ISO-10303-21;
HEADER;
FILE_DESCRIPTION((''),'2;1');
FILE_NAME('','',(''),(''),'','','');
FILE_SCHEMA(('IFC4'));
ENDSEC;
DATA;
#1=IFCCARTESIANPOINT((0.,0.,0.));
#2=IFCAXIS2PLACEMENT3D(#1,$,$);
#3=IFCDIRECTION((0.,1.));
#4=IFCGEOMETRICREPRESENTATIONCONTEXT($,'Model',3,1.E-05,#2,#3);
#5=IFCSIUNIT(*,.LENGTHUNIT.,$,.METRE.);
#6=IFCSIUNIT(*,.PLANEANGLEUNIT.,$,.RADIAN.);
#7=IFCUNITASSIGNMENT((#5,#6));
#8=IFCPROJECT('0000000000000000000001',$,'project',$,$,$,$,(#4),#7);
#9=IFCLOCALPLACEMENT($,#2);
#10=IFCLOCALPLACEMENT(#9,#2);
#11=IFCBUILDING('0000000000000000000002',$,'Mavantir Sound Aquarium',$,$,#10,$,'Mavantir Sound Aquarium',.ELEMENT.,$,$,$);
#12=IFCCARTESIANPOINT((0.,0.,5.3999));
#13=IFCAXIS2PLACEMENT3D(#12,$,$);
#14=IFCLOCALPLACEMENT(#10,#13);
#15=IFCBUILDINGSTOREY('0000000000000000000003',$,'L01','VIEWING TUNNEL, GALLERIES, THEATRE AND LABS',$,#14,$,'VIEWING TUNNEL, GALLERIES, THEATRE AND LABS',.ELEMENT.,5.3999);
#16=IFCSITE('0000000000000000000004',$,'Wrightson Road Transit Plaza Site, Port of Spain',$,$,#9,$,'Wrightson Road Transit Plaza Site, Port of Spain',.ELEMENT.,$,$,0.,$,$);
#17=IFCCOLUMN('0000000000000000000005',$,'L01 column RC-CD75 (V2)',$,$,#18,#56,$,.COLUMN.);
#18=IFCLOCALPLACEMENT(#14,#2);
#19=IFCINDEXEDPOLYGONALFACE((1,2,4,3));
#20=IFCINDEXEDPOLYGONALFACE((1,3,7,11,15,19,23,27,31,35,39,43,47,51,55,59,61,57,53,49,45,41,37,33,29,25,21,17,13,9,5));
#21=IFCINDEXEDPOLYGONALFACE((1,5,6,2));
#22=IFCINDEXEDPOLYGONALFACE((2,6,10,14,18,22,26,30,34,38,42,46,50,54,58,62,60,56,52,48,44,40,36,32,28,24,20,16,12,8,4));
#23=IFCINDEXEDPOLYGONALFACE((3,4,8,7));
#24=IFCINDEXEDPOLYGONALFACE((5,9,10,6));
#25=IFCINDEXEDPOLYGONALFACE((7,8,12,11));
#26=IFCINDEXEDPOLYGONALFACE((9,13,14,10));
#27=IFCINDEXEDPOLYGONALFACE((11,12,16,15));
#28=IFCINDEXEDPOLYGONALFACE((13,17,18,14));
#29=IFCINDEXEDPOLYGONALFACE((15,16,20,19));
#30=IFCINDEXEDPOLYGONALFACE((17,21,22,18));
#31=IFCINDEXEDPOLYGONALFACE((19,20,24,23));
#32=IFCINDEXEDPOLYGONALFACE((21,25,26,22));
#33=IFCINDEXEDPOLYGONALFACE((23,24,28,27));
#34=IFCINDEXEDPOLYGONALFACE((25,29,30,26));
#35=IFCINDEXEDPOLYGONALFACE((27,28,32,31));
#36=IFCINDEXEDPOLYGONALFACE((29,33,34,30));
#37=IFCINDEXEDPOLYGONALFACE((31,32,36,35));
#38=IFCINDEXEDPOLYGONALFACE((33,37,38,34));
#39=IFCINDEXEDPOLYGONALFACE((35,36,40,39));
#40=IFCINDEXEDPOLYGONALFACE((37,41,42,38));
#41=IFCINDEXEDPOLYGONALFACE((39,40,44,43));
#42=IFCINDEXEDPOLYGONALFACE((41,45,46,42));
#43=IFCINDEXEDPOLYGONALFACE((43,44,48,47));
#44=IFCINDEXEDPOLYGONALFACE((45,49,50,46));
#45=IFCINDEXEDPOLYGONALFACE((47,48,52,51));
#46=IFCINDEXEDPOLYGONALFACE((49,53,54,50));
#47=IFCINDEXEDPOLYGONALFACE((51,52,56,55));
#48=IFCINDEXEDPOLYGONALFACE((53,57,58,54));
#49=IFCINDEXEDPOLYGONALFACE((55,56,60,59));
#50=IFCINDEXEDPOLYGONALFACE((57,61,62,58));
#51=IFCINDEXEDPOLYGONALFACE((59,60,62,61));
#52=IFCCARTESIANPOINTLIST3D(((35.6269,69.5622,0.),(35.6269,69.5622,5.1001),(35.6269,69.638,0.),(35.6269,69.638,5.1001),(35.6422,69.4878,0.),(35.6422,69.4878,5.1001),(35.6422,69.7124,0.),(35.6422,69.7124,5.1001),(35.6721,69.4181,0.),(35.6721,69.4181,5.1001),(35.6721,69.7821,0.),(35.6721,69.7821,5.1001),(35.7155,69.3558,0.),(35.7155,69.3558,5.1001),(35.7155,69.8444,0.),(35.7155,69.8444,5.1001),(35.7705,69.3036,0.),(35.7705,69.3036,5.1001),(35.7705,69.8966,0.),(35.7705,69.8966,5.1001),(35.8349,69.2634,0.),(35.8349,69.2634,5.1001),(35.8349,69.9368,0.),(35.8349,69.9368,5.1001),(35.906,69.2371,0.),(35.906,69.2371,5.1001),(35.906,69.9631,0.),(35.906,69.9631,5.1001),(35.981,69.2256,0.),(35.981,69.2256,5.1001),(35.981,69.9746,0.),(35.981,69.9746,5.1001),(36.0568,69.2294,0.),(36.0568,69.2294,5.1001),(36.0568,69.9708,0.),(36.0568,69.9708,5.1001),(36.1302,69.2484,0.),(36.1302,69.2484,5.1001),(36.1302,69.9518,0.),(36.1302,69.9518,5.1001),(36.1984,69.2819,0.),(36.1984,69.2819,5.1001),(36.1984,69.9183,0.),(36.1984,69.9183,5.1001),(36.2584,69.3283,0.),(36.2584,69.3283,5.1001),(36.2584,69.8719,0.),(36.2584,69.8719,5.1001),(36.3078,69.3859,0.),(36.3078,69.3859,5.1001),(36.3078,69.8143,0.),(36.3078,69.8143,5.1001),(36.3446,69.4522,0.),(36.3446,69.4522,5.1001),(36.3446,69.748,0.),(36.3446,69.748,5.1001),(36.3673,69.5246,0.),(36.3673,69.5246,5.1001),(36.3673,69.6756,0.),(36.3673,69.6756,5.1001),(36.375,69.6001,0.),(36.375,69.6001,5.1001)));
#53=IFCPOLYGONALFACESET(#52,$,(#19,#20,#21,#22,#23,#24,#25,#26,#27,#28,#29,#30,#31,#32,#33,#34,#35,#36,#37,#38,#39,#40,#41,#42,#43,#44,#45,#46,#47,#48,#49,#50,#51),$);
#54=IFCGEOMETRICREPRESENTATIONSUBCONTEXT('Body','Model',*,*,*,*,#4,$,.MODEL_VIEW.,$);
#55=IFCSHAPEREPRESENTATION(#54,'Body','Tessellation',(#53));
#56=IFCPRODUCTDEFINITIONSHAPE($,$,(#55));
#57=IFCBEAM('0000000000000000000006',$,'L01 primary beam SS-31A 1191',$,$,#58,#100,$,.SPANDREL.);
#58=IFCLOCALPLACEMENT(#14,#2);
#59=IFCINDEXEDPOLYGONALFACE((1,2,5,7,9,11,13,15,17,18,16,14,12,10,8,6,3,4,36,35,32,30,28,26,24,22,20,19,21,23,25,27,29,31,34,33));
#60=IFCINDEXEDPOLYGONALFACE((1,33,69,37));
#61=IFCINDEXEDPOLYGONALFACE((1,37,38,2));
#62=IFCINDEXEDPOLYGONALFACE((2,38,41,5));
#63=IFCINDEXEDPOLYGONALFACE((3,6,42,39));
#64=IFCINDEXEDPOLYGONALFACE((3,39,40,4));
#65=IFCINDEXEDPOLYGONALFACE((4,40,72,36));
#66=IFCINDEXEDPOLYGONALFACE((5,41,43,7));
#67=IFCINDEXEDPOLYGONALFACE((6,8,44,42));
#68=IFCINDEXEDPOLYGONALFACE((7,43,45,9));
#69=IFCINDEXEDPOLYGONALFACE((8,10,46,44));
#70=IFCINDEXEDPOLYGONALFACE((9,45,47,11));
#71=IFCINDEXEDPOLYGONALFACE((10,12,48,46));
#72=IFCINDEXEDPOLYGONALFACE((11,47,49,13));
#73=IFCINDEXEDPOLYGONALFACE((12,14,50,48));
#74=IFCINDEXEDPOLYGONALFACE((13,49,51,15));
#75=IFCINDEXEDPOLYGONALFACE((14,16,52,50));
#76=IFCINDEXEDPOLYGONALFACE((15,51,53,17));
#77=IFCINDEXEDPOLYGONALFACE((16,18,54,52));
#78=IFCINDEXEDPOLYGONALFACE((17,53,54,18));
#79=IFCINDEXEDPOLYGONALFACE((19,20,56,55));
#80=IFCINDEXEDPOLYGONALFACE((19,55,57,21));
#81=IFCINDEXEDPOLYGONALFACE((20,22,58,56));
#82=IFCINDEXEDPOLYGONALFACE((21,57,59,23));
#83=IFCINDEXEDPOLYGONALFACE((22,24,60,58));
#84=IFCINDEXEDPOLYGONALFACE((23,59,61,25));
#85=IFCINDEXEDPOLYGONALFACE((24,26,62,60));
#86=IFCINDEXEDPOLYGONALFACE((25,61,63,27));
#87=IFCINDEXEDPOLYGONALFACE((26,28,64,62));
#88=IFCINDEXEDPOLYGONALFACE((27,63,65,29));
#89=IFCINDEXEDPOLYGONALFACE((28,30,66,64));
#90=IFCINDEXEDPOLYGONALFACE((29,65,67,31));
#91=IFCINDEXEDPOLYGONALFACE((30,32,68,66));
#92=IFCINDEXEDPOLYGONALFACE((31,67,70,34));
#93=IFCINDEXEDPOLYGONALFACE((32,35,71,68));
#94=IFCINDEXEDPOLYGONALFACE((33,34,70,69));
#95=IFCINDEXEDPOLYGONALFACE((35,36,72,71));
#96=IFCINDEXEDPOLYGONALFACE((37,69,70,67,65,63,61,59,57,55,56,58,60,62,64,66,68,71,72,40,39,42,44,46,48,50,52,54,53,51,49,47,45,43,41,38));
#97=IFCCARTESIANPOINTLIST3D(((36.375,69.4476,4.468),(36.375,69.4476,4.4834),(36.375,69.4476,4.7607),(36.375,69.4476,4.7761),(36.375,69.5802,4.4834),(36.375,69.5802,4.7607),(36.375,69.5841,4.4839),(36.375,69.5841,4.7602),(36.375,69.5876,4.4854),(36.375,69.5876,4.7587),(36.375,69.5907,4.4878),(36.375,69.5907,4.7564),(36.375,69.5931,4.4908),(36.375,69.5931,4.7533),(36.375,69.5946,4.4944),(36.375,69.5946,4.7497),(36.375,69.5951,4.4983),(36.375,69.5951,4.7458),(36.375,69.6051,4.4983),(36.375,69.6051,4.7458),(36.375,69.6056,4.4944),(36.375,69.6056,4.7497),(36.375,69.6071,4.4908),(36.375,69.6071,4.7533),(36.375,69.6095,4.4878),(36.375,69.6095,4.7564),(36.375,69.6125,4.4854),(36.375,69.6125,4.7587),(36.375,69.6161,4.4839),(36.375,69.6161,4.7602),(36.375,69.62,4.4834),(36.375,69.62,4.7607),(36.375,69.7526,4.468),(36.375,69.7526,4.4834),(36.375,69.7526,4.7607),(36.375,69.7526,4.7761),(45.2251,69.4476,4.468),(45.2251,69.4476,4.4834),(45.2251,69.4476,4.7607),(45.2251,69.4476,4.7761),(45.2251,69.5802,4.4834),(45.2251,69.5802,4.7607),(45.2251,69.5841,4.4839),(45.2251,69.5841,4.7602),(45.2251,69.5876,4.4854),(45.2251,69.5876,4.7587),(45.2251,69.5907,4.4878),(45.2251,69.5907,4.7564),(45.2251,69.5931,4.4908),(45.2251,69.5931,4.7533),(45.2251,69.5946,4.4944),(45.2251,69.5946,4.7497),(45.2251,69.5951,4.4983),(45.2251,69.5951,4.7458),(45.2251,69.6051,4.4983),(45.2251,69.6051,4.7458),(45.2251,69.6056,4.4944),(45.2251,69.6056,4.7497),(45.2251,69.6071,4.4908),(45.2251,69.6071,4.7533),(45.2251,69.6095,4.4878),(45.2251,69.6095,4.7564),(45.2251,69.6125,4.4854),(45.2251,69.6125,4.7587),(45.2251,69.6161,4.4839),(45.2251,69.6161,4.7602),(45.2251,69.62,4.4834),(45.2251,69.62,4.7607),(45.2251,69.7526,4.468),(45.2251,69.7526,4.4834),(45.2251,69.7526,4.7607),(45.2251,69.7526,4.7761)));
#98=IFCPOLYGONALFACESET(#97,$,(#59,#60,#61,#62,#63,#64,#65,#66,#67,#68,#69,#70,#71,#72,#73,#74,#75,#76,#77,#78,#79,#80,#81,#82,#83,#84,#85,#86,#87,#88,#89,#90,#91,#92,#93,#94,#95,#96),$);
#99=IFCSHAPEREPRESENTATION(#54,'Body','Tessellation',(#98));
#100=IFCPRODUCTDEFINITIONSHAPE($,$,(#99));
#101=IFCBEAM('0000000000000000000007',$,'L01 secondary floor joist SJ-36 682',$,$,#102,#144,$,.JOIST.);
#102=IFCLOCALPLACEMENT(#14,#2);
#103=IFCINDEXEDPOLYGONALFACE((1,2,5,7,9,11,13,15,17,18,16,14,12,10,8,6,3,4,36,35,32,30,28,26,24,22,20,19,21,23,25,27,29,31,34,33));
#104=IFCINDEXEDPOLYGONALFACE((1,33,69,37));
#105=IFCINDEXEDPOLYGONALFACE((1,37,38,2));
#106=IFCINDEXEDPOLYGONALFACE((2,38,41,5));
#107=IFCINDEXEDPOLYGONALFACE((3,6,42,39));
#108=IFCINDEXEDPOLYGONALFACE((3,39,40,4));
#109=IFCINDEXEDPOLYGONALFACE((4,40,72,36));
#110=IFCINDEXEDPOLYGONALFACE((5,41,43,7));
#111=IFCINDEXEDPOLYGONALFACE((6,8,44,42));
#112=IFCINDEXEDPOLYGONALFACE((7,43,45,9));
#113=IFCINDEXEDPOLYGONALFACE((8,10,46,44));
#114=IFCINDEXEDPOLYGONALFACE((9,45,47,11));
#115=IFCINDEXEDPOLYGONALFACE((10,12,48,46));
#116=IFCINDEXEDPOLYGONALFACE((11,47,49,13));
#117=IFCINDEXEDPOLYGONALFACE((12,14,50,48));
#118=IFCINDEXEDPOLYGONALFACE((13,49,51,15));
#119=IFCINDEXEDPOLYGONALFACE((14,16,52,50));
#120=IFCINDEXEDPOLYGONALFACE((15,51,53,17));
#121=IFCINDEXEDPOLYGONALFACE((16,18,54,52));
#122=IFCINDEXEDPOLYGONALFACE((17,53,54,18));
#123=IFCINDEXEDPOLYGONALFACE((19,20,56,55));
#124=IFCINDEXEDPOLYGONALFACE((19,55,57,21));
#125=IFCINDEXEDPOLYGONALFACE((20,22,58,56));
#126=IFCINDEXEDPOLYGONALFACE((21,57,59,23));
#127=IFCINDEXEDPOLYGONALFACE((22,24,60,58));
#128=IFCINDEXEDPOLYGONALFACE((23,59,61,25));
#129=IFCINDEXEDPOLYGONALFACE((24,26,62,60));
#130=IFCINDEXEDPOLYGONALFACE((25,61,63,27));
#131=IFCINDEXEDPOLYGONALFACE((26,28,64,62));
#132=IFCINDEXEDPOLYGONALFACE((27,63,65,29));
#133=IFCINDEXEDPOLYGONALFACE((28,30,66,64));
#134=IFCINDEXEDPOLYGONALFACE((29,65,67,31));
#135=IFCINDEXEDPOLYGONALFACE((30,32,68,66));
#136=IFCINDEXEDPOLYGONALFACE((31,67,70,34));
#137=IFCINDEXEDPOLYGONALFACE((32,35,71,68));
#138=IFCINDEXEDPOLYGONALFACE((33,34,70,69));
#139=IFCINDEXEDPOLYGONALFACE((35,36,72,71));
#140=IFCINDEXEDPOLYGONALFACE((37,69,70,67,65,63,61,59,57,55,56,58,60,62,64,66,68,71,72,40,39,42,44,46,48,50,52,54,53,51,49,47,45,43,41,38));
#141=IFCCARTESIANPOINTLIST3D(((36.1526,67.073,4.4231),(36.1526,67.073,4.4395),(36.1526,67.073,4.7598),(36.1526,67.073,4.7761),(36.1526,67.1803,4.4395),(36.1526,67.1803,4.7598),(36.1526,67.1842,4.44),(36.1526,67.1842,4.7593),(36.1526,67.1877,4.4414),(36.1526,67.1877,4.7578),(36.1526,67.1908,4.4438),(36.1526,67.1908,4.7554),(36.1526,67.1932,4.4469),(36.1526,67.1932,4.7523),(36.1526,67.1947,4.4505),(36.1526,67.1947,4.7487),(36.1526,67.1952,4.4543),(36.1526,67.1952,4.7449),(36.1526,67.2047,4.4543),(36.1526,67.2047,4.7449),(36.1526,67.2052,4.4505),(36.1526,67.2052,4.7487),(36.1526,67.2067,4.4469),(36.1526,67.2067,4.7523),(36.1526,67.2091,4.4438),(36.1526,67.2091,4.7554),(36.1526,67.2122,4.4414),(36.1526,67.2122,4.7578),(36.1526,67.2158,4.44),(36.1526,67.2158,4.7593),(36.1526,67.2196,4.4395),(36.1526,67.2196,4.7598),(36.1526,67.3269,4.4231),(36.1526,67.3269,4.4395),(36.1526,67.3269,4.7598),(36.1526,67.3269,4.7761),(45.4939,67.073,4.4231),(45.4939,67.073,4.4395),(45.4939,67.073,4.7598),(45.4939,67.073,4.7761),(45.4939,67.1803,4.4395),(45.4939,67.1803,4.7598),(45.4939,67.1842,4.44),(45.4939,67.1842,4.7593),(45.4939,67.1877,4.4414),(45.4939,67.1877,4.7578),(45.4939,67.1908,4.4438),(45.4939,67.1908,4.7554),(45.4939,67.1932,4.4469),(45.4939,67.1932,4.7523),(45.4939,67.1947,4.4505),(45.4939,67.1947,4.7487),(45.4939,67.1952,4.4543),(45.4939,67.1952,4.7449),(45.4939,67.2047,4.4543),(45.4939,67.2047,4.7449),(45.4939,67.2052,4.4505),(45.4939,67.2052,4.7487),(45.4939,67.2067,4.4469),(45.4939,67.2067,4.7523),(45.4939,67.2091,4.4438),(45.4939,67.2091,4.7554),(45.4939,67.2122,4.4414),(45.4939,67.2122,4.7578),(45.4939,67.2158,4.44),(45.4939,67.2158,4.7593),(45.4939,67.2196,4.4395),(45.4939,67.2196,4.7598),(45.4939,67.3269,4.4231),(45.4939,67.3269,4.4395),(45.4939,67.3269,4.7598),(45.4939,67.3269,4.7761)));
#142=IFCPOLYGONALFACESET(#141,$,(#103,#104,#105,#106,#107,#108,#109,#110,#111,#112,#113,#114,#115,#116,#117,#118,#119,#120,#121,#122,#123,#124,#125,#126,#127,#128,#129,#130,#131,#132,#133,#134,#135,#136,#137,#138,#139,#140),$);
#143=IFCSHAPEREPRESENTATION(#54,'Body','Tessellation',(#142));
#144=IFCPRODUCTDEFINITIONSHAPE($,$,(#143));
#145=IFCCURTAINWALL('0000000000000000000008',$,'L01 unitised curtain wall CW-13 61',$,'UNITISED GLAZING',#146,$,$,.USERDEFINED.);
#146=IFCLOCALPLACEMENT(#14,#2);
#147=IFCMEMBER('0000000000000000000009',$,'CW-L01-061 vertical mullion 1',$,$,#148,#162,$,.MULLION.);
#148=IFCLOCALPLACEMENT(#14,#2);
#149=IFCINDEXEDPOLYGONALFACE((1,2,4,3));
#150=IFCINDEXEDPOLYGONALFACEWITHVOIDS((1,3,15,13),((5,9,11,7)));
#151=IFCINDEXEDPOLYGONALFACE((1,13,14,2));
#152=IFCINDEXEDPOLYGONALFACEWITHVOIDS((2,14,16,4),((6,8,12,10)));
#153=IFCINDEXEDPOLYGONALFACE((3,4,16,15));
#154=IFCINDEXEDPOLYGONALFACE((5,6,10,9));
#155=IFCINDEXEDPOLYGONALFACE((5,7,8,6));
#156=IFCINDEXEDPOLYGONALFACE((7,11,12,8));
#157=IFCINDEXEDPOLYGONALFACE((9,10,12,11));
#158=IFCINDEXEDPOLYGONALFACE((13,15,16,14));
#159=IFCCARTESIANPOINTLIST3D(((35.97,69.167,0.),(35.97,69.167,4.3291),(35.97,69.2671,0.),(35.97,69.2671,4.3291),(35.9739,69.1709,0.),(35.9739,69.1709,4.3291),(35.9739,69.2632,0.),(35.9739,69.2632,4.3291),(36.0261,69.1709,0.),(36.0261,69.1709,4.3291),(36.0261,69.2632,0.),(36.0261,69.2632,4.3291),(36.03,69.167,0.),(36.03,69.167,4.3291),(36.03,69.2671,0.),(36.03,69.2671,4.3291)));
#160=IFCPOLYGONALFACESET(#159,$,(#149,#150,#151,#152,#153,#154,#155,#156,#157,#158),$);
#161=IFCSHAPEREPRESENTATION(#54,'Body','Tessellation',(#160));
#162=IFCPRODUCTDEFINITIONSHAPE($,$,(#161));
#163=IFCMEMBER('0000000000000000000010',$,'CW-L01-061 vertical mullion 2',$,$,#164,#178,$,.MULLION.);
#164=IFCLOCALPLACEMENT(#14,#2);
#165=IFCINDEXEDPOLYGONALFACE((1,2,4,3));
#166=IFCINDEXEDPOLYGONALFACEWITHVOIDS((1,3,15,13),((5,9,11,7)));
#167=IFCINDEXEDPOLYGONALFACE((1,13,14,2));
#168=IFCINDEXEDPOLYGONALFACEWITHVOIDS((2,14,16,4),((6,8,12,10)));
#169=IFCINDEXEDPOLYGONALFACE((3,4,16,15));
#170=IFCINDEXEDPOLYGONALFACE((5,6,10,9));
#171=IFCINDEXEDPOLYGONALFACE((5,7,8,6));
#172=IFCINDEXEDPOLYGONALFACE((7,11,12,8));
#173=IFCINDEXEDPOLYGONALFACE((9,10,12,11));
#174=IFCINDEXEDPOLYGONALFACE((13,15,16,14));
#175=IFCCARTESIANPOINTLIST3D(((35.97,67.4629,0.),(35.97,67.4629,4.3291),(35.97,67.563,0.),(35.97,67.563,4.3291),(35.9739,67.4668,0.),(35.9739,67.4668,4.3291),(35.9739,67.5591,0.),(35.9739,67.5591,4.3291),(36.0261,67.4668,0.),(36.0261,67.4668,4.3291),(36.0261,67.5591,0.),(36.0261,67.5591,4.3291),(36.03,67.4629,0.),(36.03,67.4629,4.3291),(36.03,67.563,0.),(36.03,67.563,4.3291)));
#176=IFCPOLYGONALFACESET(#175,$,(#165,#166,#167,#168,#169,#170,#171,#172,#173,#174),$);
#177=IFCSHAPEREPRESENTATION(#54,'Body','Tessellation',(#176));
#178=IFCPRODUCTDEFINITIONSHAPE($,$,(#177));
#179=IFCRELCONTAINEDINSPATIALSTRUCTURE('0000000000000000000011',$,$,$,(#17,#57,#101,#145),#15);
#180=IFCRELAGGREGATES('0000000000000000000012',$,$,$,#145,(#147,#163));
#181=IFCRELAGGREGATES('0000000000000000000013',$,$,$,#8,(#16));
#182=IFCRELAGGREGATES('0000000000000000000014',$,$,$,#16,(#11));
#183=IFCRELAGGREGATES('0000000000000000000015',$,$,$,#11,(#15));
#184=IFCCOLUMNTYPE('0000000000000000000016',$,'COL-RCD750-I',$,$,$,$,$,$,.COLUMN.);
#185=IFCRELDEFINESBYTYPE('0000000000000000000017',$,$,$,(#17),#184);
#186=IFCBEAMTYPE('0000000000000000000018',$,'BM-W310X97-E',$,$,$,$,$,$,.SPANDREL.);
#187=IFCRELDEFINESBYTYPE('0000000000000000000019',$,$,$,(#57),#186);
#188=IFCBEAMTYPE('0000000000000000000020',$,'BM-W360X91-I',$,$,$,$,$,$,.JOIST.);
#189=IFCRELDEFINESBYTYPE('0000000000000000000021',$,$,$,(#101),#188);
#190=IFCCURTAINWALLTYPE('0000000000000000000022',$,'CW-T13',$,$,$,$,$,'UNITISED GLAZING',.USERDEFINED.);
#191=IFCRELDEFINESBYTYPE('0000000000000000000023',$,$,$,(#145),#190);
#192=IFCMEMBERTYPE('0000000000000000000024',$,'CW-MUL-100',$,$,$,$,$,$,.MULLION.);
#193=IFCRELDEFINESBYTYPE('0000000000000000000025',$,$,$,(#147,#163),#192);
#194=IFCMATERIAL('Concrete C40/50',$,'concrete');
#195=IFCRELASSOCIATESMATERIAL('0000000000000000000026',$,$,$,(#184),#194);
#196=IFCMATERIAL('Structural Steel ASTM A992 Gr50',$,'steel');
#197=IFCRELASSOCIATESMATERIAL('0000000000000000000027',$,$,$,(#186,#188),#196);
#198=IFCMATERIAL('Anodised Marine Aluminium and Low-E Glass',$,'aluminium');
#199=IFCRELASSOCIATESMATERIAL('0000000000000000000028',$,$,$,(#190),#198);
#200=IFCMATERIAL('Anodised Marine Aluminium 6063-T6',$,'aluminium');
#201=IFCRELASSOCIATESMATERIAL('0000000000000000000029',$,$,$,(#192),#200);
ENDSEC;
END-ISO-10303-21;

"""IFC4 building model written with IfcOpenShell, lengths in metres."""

from ifc_helpers import new_model, si_unit, direction, frame, origin, origin_2d, place, context, subcontext, project, spatial, hollow_rectangle, circle, i_section, extrude, material, material_profile, profile_set, type_object, element, aggregate, save


model = new_model("IFC4")

# Units and contexts
model_context = context("Model", 3, precision=1e-05, world=origin(), true_north=direction((0.0, 1.0)))
body_context = subcontext(model_context, "Body", "Model", "MODEL_VIEW")
ifc_project = project(units=[si_unit("LENGTHUNIT", "METRE"), si_unit("PLANEANGLEUNIT", "RADIAN")], contexts=[model_context])

# Site, building, storey
site_placement = place(None, origin())
site = spatial("IfcSite", under=ifc_project, at=site_placement, Name="Wrightson Road Transit Plaza Site, Port of Spain", LongName="Wrightson Road Transit Plaza Site, Port of Spain", CompositionType="ELEMENT", RefElevation=0.0)
building_placement = place(site_placement, origin())
building = spatial("IfcBuilding", under=site, at=building_placement, Name="Mavantir Sound Aquarium", LongName="Mavantir Sound Aquarium", CompositionType="ELEMENT")
storey_placement = place(building_placement, frame((0.0, 0.0, 5.3999)))
storey = spatial("IfcBuildingStorey", under=building, at=storey_placement, Name="L01", Description="VIEWING TUNNEL, GALLERIES, THEATRE AND LABS", LongName="VIEWING TUNNEL, GALLERIES, THEATRE AND LABS", CompositionType="ELEMENT", Elevation=5.3999)

# Column
ifc_material_1 = material(Name="Concrete C40/50", Category="concrete")
ifc_material_profile_1 = material_profile(ifc_material_1, circle(Radius=0.375, at=origin_2d()), Name="RC D750")
ifc_profile_set_1 = profile_set([ifc_material_profile_1], Name="Concrete C40/50")
column_type = type_object("IfcColumnType", Name="COL-RCD750-I", PredefinedType="COLUMN", material=ifc_profile_set_1)
column_placement = place(storey_placement, frame((36.0, 69.6001, 0.0), z_axis=(0.0, 0.0, 1.0), x_axis=(1.0, 0.0, 0.0)))
element("IfcColumn", 1, at=column_placement, inside=storey, type_object=column_type, Name="L01 column RC-CD75 (V2)", PredefinedType="COLUMN", context=body_context, shape_type="SweptSolid", body=[
    extrude(circle(Radius=0.375, at=origin_2d()), origin(), (0.0, 0.0, 1.0), 5.1001),
])

# Beams
ifc_material_2 = material(Name="Structural Steel ASTM A992 Gr50", Category="steel")
ifc_material_profile_2 = material_profile(ifc_material_2, i_section(OverallWidth=0.3049, OverallDepth=0.3081, WebThickness=0.01, FlangeThickness=0.0154, FilletRadius=0.0149, at=origin_2d()), Name="W310X97")
ifc_profile_set_2 = profile_set([ifc_material_profile_2], Name="Structural Steel ASTM A992 Gr50")
beam_type_1 = type_object("IfcBeamType", Name="BM-W310X97-E", PredefinedType="SPANDREL", material=ifc_profile_set_2)
beam_1_placement = place(storey_placement, frame((36.375, 69.6001, 4.6221), z_axis=(1.0, 0.0, 0.0), x_axis=(0.0, 1.0, 0.0)))
element("IfcBeam", 2, at=beam_1_placement, inside=storey, type_object=beam_type_1, Name="L01 primary beam SS-31A 1191", PredefinedType="SPANDREL", context=body_context, shape_type="SweptSolid", body=[
    extrude(i_section(OverallWidth=0.3049, OverallDepth=0.3081, WebThickness=0.01, FlangeThickness=0.0154, FilletRadius=0.0149, at=origin_2d()), origin(), (0.0, 0.0, 1.0), 8.8501),
])
ifc_material_profile_3 = material_profile(ifc_material_2, i_section(OverallWidth=0.2539, OverallDepth=0.353, WebThickness=0.0095, FlangeThickness=0.0164, FilletRadius=0.0149, at=origin_2d()), Name="W360X91")
ifc_profile_set_3 = profile_set([ifc_material_profile_3], Name="Structural Steel ASTM A992 Gr50")
beam_type_2 = type_object("IfcBeamType", Name="BM-W360X91-I", PredefinedType="JOIST", material=ifc_profile_set_3)
beam_2_placement = place(storey_placement, frame((36.1526, 67.2, 4.5996), z_axis=(1.0, 0.0, 0.0), x_axis=(0.0, 1.0, 0.0)))
element("IfcBeam", 3, at=beam_2_placement, inside=storey, type_object=beam_type_2, Name="L01 secondary floor joist SJ-36 682", PredefinedType="JOIST", context=body_context, shape_type="SweptSolid", body=[
    extrude(i_section(OverallWidth=0.2539, OverallDepth=0.353, WebThickness=0.0095, FlangeThickness=0.0164, FilletRadius=0.0149, at=origin_2d()), origin(), (0.0, 0.0, 1.0), 9.3413),
])

# Curtain wall, members
ifc_material_3 = material(Name="Anodised Marine Aluminium and Low-E Glass", Category="aluminium")
curtain_wall_type_1 = type_object("IfcCurtainWallType", Name="CW-T13", ElementType="UNITISED GLAZING", PredefinedType="USERDEFINED", material=ifc_material_3)
curtain_wall_1_placement = place(storey_placement, origin())
curtain_wall_1 = element("IfcCurtainWall", 4, at=curtain_wall_1_placement, inside=storey, type_object=curtain_wall_type_1, Name="L01 unitised curtain wall CW-13 61", ObjectType="UNITISED GLAZING", PredefinedType="USERDEFINED")
ifc_material_4 = material(Name="Anodised Marine Aluminium 6063-T6", Category="aluminium")
ifc_material_profile_4 = material_profile(ifc_material_4, hollow_rectangle(XDim=0.0601, YDim=0.1001, WallThickness=0.0039, at=origin_2d()), Name="ALU-MULLION-100X60")
ifc_profile_set_4 = profile_set([ifc_material_profile_4], Name="Anodised Marine Aluminium 6063-T6")
member_type_1 = type_object("IfcMemberType", Name="CW-MUL-100", PredefinedType="MULLION", material=ifc_profile_set_4)
member_1_placement = place(storey_placement, frame((36.0, 69.217, 0.0), z_axis=(0.0, 0.0, 1.0), x_axis=(1.0, 0.0, 0.0)))
member_1 = element("IfcMember", 5, at=member_1_placement, type_object=member_type_1, Name="CW-L01-061 vertical mullion 1", PredefinedType="MULLION", context=body_context, shape_type="SweptSolid", body=[
    extrude(hollow_rectangle(XDim=0.0601, YDim=0.1001, WallThickness=0.0039, at=origin_2d()), origin(), (0.0, 0.0, 1.0), 4.3291),
])
member_2_placement = place(storey_placement, frame((36.0, 67.5129, 0.0), z_axis=(0.0, 0.0, 1.0), x_axis=(1.0, 0.0, 0.0)))
member_2 = element("IfcMember", 6, at=member_2_placement, type_object=member_type_1, Name="CW-L01-061 vertical mullion 2", PredefinedType="MULLION", context=body_context, shape_type="SweptSolid", body=[
    extrude(hollow_rectangle(XDim=0.0601, YDim=0.1001, WallThickness=0.0039, at=origin_2d()), origin(), (0.0, 0.0, 1.0), 4.3291),
])

aggregate(curtain_wall_1, [member_1, member_2])

save(model, "model.ifc")
